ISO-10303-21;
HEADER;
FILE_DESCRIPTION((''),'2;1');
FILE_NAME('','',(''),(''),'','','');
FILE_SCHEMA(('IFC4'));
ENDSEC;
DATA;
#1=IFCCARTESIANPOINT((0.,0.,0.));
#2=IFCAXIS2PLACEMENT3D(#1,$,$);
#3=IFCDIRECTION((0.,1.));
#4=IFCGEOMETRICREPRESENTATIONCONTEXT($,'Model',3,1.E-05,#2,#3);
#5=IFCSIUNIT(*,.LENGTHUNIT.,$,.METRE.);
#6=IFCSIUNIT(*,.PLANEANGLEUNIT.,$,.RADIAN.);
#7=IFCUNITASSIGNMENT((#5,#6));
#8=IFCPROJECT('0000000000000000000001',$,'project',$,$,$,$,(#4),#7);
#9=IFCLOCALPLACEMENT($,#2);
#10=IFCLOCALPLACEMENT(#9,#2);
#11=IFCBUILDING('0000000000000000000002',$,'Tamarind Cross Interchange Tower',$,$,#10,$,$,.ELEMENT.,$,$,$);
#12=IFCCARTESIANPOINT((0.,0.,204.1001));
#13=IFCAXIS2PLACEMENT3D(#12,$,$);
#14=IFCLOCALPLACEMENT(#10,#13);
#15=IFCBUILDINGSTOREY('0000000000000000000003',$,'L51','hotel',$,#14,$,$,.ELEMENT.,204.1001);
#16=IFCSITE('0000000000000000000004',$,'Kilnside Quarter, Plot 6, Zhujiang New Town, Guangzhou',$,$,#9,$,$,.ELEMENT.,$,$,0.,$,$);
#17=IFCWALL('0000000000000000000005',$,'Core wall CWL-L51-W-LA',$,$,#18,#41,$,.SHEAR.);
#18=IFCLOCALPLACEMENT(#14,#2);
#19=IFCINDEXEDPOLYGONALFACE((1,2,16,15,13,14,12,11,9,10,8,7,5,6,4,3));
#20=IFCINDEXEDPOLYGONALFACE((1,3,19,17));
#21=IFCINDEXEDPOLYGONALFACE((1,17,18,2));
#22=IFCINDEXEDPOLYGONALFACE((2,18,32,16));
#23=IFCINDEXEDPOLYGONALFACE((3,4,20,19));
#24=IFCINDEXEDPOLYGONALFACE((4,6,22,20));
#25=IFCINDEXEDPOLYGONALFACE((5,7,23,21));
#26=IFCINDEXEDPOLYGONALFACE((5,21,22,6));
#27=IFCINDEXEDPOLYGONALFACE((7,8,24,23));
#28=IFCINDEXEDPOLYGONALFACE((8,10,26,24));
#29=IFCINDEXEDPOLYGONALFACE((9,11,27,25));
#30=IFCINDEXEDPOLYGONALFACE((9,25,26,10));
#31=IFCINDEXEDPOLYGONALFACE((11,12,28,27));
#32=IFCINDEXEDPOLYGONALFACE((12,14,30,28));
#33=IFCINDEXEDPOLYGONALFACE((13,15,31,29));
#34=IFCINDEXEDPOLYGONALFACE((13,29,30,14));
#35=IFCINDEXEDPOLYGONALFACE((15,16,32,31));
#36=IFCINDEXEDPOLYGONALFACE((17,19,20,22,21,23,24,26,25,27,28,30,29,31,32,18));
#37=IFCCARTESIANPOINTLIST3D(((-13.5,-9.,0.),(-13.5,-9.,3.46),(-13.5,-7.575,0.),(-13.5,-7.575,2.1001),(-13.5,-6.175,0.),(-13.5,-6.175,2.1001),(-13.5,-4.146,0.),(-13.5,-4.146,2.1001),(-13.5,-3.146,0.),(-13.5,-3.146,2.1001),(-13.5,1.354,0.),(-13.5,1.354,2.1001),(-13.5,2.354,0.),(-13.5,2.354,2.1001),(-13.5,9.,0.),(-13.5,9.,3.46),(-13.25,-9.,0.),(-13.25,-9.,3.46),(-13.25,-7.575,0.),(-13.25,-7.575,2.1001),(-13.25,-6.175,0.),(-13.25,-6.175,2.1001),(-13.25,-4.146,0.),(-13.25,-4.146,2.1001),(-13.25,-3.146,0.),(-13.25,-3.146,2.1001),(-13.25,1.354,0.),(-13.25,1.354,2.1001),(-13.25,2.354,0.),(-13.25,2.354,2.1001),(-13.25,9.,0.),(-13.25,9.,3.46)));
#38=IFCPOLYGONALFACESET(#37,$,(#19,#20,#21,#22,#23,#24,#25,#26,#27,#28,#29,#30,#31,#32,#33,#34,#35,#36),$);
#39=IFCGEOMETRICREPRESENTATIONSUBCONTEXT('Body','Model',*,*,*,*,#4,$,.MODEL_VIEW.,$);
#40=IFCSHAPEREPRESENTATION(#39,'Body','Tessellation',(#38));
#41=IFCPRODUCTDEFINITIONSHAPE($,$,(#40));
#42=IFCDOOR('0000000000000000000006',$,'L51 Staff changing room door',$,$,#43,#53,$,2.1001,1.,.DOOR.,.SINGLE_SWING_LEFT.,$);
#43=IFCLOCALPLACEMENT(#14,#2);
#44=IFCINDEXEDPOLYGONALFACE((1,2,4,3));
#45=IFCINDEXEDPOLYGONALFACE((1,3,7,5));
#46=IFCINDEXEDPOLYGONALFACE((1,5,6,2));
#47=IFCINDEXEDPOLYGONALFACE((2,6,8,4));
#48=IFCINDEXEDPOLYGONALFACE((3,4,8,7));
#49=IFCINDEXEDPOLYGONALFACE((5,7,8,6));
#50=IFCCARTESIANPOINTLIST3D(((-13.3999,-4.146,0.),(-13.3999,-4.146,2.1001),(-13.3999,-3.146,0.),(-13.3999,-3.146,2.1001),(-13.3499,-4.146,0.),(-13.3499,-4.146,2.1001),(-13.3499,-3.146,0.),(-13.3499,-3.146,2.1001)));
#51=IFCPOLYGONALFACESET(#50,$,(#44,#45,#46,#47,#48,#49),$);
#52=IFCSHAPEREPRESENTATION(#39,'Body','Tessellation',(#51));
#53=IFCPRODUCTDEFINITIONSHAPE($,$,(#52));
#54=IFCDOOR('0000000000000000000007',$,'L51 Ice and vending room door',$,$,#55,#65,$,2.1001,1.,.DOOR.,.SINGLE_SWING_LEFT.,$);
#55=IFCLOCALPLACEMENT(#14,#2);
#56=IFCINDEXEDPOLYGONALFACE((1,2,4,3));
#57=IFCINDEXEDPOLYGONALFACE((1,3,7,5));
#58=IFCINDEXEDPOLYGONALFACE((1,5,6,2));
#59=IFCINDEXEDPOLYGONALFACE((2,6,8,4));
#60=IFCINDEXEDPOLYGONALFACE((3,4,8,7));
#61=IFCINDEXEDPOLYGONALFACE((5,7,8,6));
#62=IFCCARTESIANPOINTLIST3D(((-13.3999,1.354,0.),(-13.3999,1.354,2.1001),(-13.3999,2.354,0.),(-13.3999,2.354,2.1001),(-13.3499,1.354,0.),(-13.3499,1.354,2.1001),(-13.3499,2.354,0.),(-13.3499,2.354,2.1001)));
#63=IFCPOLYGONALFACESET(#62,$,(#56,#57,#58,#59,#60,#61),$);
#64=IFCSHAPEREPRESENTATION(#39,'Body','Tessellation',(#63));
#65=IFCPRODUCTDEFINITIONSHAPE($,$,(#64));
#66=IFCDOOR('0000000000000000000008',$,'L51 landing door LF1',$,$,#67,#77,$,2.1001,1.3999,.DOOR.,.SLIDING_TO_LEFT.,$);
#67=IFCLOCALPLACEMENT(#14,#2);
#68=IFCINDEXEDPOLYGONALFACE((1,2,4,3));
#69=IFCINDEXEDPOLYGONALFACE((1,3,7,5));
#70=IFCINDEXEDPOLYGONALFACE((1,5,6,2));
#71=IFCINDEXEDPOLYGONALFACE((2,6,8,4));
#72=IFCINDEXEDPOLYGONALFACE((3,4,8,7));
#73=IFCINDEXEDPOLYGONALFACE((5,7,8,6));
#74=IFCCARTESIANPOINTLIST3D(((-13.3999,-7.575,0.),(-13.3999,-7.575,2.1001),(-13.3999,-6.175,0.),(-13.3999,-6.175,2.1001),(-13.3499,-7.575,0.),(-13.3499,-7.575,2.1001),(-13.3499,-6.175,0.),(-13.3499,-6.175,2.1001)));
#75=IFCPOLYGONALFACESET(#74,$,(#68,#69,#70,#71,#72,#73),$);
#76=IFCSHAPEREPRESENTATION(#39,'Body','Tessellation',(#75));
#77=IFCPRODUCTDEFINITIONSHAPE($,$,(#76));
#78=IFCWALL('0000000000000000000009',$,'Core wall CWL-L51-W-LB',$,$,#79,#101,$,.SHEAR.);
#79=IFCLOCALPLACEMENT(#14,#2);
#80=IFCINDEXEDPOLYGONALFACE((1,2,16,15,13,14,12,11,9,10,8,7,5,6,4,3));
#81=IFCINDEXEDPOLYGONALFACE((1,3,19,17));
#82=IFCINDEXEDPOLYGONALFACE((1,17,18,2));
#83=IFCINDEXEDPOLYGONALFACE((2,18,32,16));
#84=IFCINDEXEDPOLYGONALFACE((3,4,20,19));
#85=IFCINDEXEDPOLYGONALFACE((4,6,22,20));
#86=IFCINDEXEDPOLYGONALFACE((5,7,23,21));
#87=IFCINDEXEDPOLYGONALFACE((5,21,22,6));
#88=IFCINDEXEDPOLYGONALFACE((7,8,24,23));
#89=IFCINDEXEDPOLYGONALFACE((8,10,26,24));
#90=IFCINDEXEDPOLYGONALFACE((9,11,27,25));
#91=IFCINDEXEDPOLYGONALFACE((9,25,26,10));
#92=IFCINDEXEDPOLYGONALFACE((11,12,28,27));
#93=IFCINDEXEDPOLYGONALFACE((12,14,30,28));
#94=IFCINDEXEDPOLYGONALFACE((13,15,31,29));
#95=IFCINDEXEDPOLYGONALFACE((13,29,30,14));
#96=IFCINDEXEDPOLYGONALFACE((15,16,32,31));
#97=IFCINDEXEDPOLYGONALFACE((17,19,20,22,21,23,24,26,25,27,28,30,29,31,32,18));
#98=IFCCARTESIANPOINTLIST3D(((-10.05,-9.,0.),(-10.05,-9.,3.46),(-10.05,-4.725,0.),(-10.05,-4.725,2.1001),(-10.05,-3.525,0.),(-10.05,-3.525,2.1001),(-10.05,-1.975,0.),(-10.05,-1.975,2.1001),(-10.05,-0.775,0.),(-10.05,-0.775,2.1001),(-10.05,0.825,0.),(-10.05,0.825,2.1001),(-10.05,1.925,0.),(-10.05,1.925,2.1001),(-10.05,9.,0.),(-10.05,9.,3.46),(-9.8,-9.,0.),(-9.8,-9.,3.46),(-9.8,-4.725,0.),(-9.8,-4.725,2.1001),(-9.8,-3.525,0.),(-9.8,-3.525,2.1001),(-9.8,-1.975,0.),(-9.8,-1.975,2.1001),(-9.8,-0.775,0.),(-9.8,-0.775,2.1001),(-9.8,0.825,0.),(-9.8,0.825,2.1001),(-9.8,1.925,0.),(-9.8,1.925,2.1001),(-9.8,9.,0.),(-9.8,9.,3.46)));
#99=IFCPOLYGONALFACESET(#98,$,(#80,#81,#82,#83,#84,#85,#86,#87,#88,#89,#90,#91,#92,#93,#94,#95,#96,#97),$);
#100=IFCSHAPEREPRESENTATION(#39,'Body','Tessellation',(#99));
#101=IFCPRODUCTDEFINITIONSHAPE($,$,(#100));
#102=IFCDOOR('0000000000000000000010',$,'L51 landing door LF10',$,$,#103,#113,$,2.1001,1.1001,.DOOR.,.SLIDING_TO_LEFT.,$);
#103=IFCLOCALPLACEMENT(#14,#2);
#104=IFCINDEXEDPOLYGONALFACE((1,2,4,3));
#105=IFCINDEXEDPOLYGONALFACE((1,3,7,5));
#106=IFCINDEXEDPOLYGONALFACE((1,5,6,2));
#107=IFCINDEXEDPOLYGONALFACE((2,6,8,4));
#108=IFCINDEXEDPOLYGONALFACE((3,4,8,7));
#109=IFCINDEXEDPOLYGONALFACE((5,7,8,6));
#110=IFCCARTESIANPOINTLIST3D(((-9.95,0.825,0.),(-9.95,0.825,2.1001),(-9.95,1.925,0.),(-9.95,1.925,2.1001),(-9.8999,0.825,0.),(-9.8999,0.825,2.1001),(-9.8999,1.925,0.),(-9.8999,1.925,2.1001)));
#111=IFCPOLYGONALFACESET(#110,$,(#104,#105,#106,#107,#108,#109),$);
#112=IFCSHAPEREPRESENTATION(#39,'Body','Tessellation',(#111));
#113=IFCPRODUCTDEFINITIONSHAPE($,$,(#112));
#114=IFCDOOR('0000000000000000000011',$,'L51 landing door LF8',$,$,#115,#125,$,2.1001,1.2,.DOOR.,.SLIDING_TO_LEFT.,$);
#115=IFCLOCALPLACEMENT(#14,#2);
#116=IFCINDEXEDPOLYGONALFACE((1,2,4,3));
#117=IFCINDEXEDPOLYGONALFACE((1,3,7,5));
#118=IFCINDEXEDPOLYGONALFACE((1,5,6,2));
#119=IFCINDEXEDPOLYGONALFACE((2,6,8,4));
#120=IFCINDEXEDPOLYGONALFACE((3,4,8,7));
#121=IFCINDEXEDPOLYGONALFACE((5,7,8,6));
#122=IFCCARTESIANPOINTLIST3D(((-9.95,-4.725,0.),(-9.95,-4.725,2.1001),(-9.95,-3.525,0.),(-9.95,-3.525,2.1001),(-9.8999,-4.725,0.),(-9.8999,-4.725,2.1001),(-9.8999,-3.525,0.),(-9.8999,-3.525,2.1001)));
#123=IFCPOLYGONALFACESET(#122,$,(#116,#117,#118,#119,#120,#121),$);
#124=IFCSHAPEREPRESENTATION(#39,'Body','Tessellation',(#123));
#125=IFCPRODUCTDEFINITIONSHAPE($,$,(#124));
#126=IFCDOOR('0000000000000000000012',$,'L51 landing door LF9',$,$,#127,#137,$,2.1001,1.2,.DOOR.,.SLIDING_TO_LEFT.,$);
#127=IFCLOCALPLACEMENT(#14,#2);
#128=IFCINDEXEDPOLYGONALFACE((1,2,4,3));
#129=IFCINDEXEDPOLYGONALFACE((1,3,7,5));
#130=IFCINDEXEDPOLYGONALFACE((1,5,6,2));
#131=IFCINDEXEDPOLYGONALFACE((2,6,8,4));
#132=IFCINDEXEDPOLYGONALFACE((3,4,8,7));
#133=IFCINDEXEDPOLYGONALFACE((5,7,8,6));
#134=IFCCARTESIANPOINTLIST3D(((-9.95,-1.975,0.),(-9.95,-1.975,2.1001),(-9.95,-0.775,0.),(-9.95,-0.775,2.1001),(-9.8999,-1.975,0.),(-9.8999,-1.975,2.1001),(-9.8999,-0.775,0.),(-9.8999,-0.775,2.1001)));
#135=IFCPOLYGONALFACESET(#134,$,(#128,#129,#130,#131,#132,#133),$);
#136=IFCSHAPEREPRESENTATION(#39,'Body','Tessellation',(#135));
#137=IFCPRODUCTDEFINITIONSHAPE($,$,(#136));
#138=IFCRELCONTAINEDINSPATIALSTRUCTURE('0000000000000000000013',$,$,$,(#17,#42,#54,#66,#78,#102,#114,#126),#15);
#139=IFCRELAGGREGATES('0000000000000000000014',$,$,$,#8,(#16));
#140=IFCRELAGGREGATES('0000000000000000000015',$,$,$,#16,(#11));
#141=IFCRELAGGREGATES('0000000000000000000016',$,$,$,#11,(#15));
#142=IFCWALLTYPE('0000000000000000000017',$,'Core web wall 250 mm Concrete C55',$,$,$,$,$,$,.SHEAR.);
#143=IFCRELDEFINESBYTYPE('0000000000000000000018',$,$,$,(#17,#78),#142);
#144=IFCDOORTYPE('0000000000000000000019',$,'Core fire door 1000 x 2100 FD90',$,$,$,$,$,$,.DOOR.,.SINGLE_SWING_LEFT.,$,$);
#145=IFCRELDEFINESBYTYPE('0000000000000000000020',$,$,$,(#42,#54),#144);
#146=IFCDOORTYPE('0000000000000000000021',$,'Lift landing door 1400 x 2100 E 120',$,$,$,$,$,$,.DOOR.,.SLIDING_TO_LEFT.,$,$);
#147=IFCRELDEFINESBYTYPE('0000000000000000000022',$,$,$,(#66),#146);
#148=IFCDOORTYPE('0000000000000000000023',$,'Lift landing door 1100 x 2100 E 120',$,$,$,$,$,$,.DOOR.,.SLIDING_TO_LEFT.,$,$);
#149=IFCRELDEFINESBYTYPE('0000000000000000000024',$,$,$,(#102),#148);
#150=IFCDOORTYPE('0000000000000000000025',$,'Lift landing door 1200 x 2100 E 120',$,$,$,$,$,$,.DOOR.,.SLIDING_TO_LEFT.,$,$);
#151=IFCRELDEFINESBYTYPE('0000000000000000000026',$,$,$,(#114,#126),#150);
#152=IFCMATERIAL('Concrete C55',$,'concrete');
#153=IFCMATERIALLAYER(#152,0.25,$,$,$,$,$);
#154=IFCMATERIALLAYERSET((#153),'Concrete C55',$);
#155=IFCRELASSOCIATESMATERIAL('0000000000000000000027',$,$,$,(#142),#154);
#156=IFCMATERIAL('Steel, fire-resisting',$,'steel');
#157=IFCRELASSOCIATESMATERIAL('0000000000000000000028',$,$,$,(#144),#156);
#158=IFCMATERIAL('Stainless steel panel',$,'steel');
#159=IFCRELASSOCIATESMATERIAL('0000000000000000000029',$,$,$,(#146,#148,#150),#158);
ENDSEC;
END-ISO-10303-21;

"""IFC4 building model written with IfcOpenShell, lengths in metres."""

from ifc_helpers import new_model, si_unit, direction, frame, frame_2d, origin, place, context, subcontext, project, spatial, rectangle, extrude, material, layer, layer_set, type_object, element, fill, save


model = new_model("IFC4")

# Units and contexts
model_context = context("Model", 3, precision=1e-05, world=origin(), true_north=direction((0.0, 1.0)))
body_context = subcontext(model_context, "Body", "Model", "MODEL_VIEW")
ifc_project = project(units=[si_unit("LENGTHUNIT", "METRE"), si_unit("PLANEANGLEUNIT", "RADIAN")], contexts=[model_context])

# Site, building, storey
site_placement = place(None, origin())
site = spatial("IfcSite", under=ifc_project, at=site_placement, Name="Kilnside Quarter, Plot 6, Zhujiang New Town, Guangzhou", CompositionType="ELEMENT", RefElevation=0.0)
building_placement = place(site_placement, origin())
building = spatial("IfcBuilding", under=site, at=building_placement, Name="Tamarind Cross Interchange Tower", CompositionType="ELEMENT")
storey_placement = place(building_placement, frame((0.0, 0.0, 204.1001)))
storey = spatial("IfcBuildingStorey", under=building, at=storey_placement, Name="L51", Description="hotel", CompositionType="ELEMENT", Elevation=204.1001)

# Shared definitions
ifc_material_1 = material(Name="Concrete C55", Category="concrete")

# Shared definitions
ifc_material_2 = material(Name="Steel, fire-resisting", Category="steel")

# Shared definitions
ifc_layer_1 = layer(ifc_material_1, 0.25)
ifc_layer_set_1 = layer_set([ifc_layer_1], Name="Concrete C55")
wall_type_1 = type_object("IfcWallType", Name="Core web wall 250 mm Concrete C55", PredefinedType="SHEAR", material=ifc_layer_set_1)

# Walls, openings, doors
wall_1_placement = place(storey_placement, frame((-13.375, -9.0, 0.0), z_axis=(0.0, 0.0, 1.0), x_axis=(0.0, 1.0, 0.0)))
wall_1 = element("IfcWall", 1, at=wall_1_placement, inside=storey, type_object=wall_type_1, Name="Core wall CWL-L51-W-LA", PredefinedType="SHEAR", context=body_context, shape_type="SweptSolid", body=[
    extrude(rectangle(XDim=18.0, YDim=0.25, at=frame_2d((9.0, 0.0))), origin(), (0.0, 0.0, 1.0), 3.46),
])
opening_1_placement = place(wall_1_placement, frame((1.425, 0.0, 0.0)))
opening_1 = element("IfcOpeningElement", 2, at=opening_1_placement, cuts=wall_1, PredefinedType="OPENING", context=body_context, shape_type="SweptSolid", body=[
    extrude(rectangle(XDim=1.3999, YDim=2.1001, at=frame_2d((0.7, 1.05))), frame((0.0, 0.135, 0.0), z_axis=(0.0, -1.0, 0.0), x_axis=(1.0, 0.0, 0.0)), (0.0, 0.0, 1.0), 0.27),
])
opening_2_placement = place(wall_1_placement, frame((4.854, 0.0, 0.0)))
opening_2 = element("IfcOpeningElement", 3, at=opening_2_placement, cuts=wall_1, PredefinedType="OPENING", context=body_context, shape_type="SweptSolid", body=[
    extrude(rectangle(XDim=1.0, YDim=2.1001, at=frame_2d((0.5, 1.05))), frame((0.0, 0.135, 0.0), z_axis=(0.0, -1.0, 0.0), x_axis=(1.0, 0.0, 0.0)), (0.0, 0.0, 1.0), 0.27),
])
opening_3_placement = place(wall_1_placement, frame((10.354, 0.0, 0.0)))
opening_3 = element("IfcOpeningElement", 4, at=opening_3_placement, cuts=wall_1, PredefinedType="OPENING", context=body_context, shape_type="SweptSolid", body=[
    extrude(rectangle(XDim=1.0, YDim=2.1001, at=frame_2d((0.5, 1.05))), frame((0.0, 0.135, 0.0), z_axis=(0.0, -1.0, 0.0), x_axis=(1.0, 0.0, 0.0)), (0.0, 0.0, 1.0), 0.27),
])
door_type_1 = type_object("IfcDoorType", Name="Core fire door 1000 x 2100 FD90", OperationType="SINGLE_SWING_LEFT", PredefinedType="DOOR", material=ifc_material_2)
door_1_placement = place(opening_2_placement, origin())
door_1 = element("IfcDoor", 5, at=door_1_placement, inside=storey, type_object=door_type_1, Name="L51 Staff changing room door", OperationType="SINGLE_SWING_LEFT", OverallHeight=2.1001, OverallWidth=1.0, PredefinedType="DOOR", context=body_context, shape_type="SweptSolid", body=[
    extrude(rectangle(XDim=1.0, YDim=2.1001, at=frame_2d((0.5, 1.05))), frame((0.0, 0.0249, 0.0), z_axis=(0.0, -1.0, 0.0), x_axis=(1.0, 0.0, 0.0)), (0.0, 0.0, 1.0), 0.05),
])
fill(opening_2, door_1)
door_2_placement = place(opening_3_placement, origin())
door_2 = element("IfcDoor", 6, at=door_2_placement, inside=storey, type_object=door_type_1, Name="L51 Ice and vending room door", OperationType="SINGLE_SWING_LEFT", OverallHeight=2.1001, OverallWidth=1.0, PredefinedType="DOOR", context=body_context, shape_type="SweptSolid", body=[
    extrude(rectangle(XDim=1.0, YDim=2.1001, at=frame_2d((0.5, 1.05))), frame((0.0, 0.0249, 0.0), z_axis=(0.0, -1.0, 0.0), x_axis=(1.0, 0.0, 0.0)), (0.0, 0.0, 1.0), 0.05),
])
fill(opening_3, door_2)
ifc_material_3 = material(Name="Stainless steel panel", Category="steel")
door_type_2 = type_object("IfcDoorType", Name="Lift landing door 1400 x 2100 E 120", OperationType="SLIDING_TO_LEFT", PredefinedType="DOOR", material=ifc_material_3)
door_3_placement = place(opening_1_placement, origin())
door_3 = element("IfcDoor", 7, at=door_3_placement, inside=storey, type_object=door_type_2, Name="L51 landing door LF1", OperationType="SLIDING_TO_LEFT", OverallHeight=2.1001, OverallWidth=1.3999, PredefinedType="DOOR", context=body_context, shape_type="SweptSolid", body=[
    extrude(rectangle(XDim=1.3999, YDim=2.1001, at=frame_2d((0.7, 1.05))), frame((0.0, 0.0249, 0.0), z_axis=(0.0, -1.0, 0.0), x_axis=(1.0, 0.0, 0.0)), (0.0, 0.0, 1.0), 0.05),
])
fill(opening_1, door_3)
wall_2_placement = place(storey_placement, frame((-9.925, -9.0, 0.0), z_axis=(0.0, 0.0, 1.0), x_axis=(0.0, 1.0, 0.0)))
wall_2 = element("IfcWall", 8, at=wall_2_placement, inside=storey, type_object=wall_type_1, Name="Core wall CWL-L51-W-LB", PredefinedType="SHEAR", context=body_context, shape_type="SweptSolid", body=[
    extrude(rectangle(XDim=18.0, YDim=0.25, at=frame_2d((9.0, 0.0))), origin(), (0.0, 0.0, 1.0), 3.46),
])
opening_4_placement = place(wall_2_placement, frame((4.2749, 0.0, 0.0)))
opening_4 = element("IfcOpeningElement", 9, at=opening_4_placement, cuts=wall_2, PredefinedType="OPENING", context=body_context, shape_type="SweptSolid", body=[
    extrude(rectangle(XDim=1.2, YDim=2.1001, at=frame_2d((0.6001, 1.05))), frame((0.0, 0.135, 0.0), z_axis=(0.0, -1.0, 0.0), x_axis=(1.0, 0.0, 0.0)), (0.0, 0.0, 1.0), 0.27),
])
opening_5_placement = place(wall_2_placement, frame((7.0249, 0.0, 0.0)))
opening_5 = element("IfcOpeningElement", 10, at=opening_5_placement, cuts=wall_2, PredefinedType="OPENING", context=body_context, shape_type="SweptSolid", body=[
    extrude(rectangle(XDim=1.2, YDim=2.1001, at=frame_2d((0.6001, 1.05))), frame((0.0, 0.135, 0.0), z_axis=(0.0, -1.0, 0.0), x_axis=(1.0, 0.0, 0.0)), (0.0, 0.0, 1.0), 0.27),
])
opening_6_placement = place(wall_2_placement, frame((9.825, 0.0, 0.0)))
opening_6 = element("IfcOpeningElement", 11, at=opening_6_placement, cuts=wall_2, PredefinedType="OPENING", context=body_context, shape_type="SweptSolid", body=[
    extrude(rectangle(XDim=1.1001, YDim=2.1001, at=frame_2d((0.55, 1.05))), frame((0.0, 0.135, 0.0), z_axis=(0.0, -1.0, 0.0), x_axis=(1.0, 0.0, 0.0)), (0.0, 0.0, 1.0), 0.27),
])
door_type_3 = type_object("IfcDoorType", Name="Lift landing door 1100 x 2100 E 120", OperationType="SLIDING_TO_LEFT", PredefinedType="DOOR", material=ifc_material_3)
door_4_placement = place(opening_6_placement, origin())
door_4 = element("IfcDoor", 12, at=door_4_placement, inside=storey, type_object=door_type_3, Name="L51 landing door LF10", OperationType="SLIDING_TO_LEFT", OverallHeight=2.1001, OverallWidth=1.1001, PredefinedType="DOOR", context=body_context, shape_type="SweptSolid", body=[
    extrude(rectangle(XDim=1.1001, YDim=2.1001, at=frame_2d((0.55, 1.05))), frame((0.0, 0.0249, 0.0), z_axis=(0.0, -1.0, 0.0), x_axis=(1.0, 0.0, 0.0)), (0.0, 0.0, 1.0), 0.05),
])
fill(opening_6, door_4)
door_type_4 = type_object("IfcDoorType", Name="Lift landing door 1200 x 2100 E 120", OperationType="SLIDING_TO_LEFT", PredefinedType="DOOR", material=ifc_material_3)
door_5_placement = place(opening_4_placement, origin())
door_5 = element("IfcDoor", 13, at=door_5_placement, inside=storey, type_object=door_type_4, Name="L51 landing door LF8", OperationType="SLIDING_TO_LEFT", OverallHeight=2.1001, OverallWidth=1.2, PredefinedType="DOOR", context=body_context, shape_type="SweptSolid", body=[
    extrude(rectangle(XDim=1.2, YDim=2.1001, at=frame_2d((0.6001, 1.05))), frame((0.0, 0.0249, 0.0), z_axis=(0.0, -1.0, 0.0), x_axis=(1.0, 0.0, 0.0)), (0.0, 0.0, 1.0), 0.05),
])
fill(opening_4, door_5)
door_6_placement = place(opening_5_placement, origin())
door_6 = element("IfcDoor", 14, at=door_6_placement, inside=storey, type_object=door_type_4, Name="L51 landing door LF9", OperationType="SLIDING_TO_LEFT", OverallHeight=2.1001, OverallWidth=1.2, PredefinedType="DOOR", context=body_context, shape_type="SweptSolid", body=[
    extrude(rectangle(XDim=1.2, YDim=2.1001, at=frame_2d((0.6001, 1.05))), frame((0.0, 0.0249, 0.0), z_axis=(0.0, -1.0, 0.0), x_axis=(1.0, 0.0, 0.0)), (0.0, 0.0, 1.0), 0.05),
])
fill(opening_5, door_6)

save(model, "model.ifc")
